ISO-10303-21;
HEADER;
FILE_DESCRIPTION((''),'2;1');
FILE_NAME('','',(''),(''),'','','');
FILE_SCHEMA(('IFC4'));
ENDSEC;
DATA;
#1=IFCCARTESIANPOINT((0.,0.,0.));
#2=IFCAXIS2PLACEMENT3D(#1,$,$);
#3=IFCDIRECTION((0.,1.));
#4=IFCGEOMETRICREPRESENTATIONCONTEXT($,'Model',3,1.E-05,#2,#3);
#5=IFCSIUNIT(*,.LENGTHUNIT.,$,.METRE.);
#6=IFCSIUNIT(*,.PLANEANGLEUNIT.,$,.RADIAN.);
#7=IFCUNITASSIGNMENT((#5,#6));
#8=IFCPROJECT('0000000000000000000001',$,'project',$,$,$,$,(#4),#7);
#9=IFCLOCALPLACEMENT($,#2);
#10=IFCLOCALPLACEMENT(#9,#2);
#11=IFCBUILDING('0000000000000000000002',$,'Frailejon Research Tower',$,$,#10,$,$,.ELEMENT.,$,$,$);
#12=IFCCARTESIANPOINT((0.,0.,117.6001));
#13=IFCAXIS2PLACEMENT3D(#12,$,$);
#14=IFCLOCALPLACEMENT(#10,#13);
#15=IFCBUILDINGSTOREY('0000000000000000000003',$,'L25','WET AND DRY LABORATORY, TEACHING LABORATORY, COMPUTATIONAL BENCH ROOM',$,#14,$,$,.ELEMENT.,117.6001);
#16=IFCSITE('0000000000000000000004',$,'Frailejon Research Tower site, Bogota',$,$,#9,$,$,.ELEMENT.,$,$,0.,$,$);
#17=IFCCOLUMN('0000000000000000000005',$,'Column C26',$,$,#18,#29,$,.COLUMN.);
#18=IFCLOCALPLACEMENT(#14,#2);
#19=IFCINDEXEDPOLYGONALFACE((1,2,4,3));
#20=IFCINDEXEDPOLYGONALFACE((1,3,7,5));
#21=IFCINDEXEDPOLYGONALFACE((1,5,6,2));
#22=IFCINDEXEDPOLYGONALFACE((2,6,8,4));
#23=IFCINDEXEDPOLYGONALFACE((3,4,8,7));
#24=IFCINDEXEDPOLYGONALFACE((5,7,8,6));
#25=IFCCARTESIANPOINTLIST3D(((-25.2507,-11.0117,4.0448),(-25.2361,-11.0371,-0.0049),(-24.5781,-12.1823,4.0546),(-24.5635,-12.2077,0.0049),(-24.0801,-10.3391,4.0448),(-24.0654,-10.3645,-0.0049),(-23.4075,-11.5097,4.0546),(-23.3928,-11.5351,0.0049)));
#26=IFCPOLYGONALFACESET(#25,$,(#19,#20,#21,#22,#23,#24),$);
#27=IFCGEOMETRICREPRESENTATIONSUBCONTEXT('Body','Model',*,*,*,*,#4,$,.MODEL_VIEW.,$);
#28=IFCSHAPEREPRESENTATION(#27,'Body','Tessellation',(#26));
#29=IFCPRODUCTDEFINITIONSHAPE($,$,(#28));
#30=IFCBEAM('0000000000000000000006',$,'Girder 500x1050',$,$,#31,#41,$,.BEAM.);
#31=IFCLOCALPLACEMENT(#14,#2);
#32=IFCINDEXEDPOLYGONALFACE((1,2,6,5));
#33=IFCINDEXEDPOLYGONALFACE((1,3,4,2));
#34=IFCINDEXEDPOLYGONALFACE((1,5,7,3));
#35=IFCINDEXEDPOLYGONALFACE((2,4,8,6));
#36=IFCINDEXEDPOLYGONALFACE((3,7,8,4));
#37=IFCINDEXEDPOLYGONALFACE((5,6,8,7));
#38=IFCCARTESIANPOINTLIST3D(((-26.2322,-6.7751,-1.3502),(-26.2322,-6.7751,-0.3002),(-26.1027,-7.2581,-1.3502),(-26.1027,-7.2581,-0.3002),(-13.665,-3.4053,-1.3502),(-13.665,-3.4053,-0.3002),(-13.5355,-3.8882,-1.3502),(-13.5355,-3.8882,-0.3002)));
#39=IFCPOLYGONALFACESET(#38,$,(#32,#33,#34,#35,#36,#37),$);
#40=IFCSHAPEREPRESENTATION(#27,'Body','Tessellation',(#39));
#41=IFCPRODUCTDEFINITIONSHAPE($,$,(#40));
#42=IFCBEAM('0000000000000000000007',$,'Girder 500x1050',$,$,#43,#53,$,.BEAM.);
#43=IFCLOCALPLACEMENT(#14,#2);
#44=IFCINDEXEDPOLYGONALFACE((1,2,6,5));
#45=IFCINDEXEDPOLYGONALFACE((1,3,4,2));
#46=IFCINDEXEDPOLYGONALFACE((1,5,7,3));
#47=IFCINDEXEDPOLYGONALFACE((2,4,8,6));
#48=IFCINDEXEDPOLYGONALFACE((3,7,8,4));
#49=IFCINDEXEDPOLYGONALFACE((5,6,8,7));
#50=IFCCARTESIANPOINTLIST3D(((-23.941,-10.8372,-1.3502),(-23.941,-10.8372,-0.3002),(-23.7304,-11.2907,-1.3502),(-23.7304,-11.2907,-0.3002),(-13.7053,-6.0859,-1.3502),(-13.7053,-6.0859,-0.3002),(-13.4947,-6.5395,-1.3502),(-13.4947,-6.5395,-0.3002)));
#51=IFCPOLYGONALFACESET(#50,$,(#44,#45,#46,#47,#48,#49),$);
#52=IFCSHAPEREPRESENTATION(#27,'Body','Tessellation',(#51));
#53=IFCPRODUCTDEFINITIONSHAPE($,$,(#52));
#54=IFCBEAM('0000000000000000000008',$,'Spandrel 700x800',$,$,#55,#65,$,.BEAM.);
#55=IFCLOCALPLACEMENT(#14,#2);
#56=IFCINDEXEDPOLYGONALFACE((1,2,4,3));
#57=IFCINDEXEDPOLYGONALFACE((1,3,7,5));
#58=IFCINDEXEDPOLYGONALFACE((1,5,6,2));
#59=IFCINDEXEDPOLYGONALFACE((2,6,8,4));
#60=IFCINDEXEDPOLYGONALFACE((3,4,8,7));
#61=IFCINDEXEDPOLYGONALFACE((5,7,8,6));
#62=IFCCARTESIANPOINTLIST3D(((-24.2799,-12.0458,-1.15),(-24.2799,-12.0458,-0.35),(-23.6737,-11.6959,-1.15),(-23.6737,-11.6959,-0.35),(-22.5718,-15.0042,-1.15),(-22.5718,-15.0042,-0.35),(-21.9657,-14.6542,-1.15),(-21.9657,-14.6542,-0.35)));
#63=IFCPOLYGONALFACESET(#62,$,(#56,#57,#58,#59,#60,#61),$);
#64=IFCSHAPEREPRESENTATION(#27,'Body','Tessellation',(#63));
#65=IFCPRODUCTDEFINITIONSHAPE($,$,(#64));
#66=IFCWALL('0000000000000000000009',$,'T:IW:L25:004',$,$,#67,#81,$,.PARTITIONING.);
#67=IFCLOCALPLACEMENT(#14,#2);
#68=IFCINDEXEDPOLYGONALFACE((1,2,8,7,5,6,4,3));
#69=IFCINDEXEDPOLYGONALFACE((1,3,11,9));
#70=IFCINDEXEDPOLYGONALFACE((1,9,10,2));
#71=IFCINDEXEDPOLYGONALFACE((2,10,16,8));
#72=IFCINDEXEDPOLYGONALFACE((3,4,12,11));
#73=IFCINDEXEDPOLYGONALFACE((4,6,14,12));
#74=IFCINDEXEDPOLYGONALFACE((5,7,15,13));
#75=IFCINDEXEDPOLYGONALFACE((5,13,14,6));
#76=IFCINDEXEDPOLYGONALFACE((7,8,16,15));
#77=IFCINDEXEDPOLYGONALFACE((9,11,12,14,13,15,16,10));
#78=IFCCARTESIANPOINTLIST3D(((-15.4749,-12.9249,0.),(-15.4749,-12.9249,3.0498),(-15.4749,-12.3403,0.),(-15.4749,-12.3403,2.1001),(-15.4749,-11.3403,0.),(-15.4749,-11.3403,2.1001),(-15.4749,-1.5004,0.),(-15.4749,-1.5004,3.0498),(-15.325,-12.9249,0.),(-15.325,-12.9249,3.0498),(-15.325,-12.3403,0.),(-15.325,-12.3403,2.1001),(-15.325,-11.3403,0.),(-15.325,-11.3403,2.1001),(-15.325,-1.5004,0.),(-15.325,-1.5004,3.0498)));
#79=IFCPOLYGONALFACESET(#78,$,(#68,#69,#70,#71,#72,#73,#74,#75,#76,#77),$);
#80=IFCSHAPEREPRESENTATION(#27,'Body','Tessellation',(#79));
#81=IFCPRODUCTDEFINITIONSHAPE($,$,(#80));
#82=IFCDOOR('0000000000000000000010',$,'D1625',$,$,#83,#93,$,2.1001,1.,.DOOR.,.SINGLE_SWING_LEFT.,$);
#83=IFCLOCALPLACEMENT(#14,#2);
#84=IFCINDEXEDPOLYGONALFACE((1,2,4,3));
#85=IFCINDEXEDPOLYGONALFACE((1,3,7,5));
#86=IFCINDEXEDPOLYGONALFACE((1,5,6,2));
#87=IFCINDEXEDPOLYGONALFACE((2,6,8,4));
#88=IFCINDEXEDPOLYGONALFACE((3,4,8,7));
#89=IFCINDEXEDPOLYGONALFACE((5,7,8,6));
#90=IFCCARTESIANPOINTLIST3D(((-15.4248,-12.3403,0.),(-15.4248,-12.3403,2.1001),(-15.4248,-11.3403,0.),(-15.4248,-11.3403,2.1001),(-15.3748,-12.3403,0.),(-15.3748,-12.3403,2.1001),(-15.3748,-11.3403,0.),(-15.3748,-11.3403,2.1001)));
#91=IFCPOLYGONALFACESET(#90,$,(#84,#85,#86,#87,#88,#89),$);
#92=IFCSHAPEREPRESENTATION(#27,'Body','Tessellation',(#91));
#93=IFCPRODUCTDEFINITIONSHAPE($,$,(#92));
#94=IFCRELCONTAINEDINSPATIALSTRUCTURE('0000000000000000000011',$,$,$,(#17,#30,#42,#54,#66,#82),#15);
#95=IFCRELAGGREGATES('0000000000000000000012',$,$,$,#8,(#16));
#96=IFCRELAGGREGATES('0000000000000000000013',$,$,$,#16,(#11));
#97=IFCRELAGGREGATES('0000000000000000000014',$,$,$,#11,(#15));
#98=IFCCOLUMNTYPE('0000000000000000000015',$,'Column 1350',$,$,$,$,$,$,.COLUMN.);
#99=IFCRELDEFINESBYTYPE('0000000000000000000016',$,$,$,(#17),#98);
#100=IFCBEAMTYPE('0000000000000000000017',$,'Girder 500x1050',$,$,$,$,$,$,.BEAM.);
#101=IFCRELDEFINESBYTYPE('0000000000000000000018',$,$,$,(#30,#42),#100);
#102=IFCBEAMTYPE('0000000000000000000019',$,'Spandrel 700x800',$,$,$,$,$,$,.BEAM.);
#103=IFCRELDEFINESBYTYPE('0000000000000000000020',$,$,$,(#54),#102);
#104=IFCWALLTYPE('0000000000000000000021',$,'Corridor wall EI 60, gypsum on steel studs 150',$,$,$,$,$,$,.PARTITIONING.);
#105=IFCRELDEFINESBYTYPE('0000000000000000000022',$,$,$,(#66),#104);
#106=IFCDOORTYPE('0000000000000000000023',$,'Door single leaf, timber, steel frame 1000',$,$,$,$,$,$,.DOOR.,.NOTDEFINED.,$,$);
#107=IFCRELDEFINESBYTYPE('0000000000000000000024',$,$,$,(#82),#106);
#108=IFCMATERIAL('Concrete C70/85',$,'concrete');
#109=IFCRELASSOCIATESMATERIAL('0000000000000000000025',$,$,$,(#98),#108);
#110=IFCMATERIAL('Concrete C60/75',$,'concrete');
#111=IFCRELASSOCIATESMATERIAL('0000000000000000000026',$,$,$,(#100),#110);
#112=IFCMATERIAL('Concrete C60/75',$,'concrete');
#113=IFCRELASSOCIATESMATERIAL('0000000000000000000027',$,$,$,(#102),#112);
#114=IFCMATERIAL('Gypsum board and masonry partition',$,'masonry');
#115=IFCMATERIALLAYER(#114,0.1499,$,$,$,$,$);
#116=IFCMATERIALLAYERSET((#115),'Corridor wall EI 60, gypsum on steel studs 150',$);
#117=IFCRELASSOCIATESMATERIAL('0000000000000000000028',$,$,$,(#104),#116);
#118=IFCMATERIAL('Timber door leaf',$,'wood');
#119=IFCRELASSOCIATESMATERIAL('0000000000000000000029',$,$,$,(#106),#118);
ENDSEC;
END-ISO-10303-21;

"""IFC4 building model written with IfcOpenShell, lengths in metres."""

from ifc_helpers import new_model, si_unit, direction, frame, frame_2d, origin, origin_2d, place, context, subcontext, project, spatial, rectangle, extrude, material, layer, layer_set, material_profile, profile_set, type_object, element, fill, save


model = new_model("IFC4")

# Units and contexts
model_context = context("Model", 3, precision=1e-05, world=origin(), true_north=direction((0.0, 1.0)))
body_context = subcontext(model_context, "Body", "Model", "MODEL_VIEW")
ifc_project = project(units=[si_unit("LENGTHUNIT", "METRE"), si_unit("PLANEANGLEUNIT", "RADIAN")], contexts=[model_context])

# Site, building, storey
site_placement = place(None, origin())
site = spatial("IfcSite", under=ifc_project, at=site_placement, Name="Frailejon Research Tower site, Bogota", CompositionType="ELEMENT", RefElevation=0.0)
building_placement = place(site_placement, origin())
building = spatial("IfcBuilding", under=site, at=building_placement, Name="Frailejon Research Tower", CompositionType="ELEMENT")
storey_placement = place(building_placement, frame((0.0, 0.0, 117.6001)))
storey = spatial("IfcBuildingStorey", under=building, at=storey_placement, Name="L25", Description="WET AND DRY LABORATORY, TEACHING LABORATORY, COMPUTATIONAL BENCH ROOM", CompositionType="ELEMENT", Elevation=117.6001)

# Column
ifc_material_1 = material(Name="Concrete C70/85", Category="concrete")
ifc_material_profile_1 = material_profile(ifc_material_1, rectangle(XDim=1.3501, YDim=1.3501, at=origin_2d()), Name="Column 1350")
ifc_profile_set_1 = profile_set([ifc_material_profile_1], Name="Concrete C70/85")
column_type = type_object("IfcColumnType", Name="Column 1350", PredefinedType="COLUMN", material=ifc_profile_set_1)
column_placement = place(storey_placement, frame((-24.3145, -11.2861, 0.0), z_axis=(-0.003617, 0.006269, 0.999974), x_axis=(0.498177, -0.867045, 0.007238)))
element("IfcColumn", 1, at=column_placement, inside=storey, type_object=column_type, Name="Column C26", PredefinedType="COLUMN", context=body_context, shape_type="SweptSolid", body=[
    extrude(rectangle(XDim=1.3501, YDim=1.3501, at=origin_2d()), origin(), (0.0, 0.0, 1.0), 4.0498),
])

# Beams
ifc_material_2 = material(Name="Concrete C60/75", Category="concrete")
ifc_material_profile_2 = material_profile(ifc_material_2, rectangle(XDim=0.5, YDim=1.05, at=origin_2d()), Name="Girder 500x1050")
ifc_profile_set_2 = profile_set([ifc_material_profile_2], Name="Concrete C60/75")
beam_type_1 = type_object("IfcBeamType", Name="Girder 500x1050", PredefinedType="BEAM", material=ifc_profile_set_2)
beam_1_placement = place(storey_placement, frame((-26.1675, -7.0166, -0.8252), z_axis=(0.965879, 0.258995, 0.0), x_axis=(-0.258995, 0.965879, 0.0)))
element("IfcBeam", 2, at=beam_1_placement, inside=storey, type_object=beam_type_1, Name="Girder 500x1050", PredefinedType="BEAM", context=body_context, shape_type="SweptSolid", body=[
    extrude(rectangle(XDim=0.5, YDim=1.05, at=origin_2d()), origin(), (0.0, 0.0, 1.0), 13.0112),
])
beam_2_placement = place(storey_placement, frame((-23.8357, -11.064, -0.8252), z_axis=(0.907043, 0.421037, 0.0), x_axis=(-0.421037, 0.907043, 0.0)))
element("IfcBeam", 3, at=beam_2_placement, inside=storey, type_object=beam_type_1, Name="Girder 500x1050", PredefinedType="BEAM", context=body_context, shape_type="SweptSolid", body=[
    extrude(rectangle(XDim=0.5, YDim=1.05, at=origin_2d()), origin(), (0.0, 0.0, 1.0), 11.2847),
])
ifc_material_3 = material(Name="Concrete C60/75", Category="concrete")
ifc_material_profile_3 = material_profile(ifc_material_3, rectangle(XDim=0.7, YDim=0.8, at=origin_2d()), Name="Spandrel 700x800")
ifc_profile_set_3 = profile_set([ifc_material_profile_3], Name="Concrete C60/75")
beam_type_2 = type_object("IfcBeamType", Name="Spandrel 700x800", PredefinedType="BEAM", material=ifc_profile_set_3)
beam_3_placement = place(storey_placement, frame((-23.9768, -11.8708, -0.75), z_axis=(0.500013, -0.866018, 0.0), x_axis=(0.866018, 0.500013, 0.0)))
element("IfcBeam", 4, at=beam_3_placement, inside=storey, type_object=beam_type_2, Name="Spandrel 700x800", PredefinedType="BEAM", context=body_context, shape_type="SweptSolid", body=[
    extrude(rectangle(XDim=0.7, YDim=0.8, at=origin_2d()), origin(), (0.0, 0.0, 1.0), 3.416),
])

# Wall, opening, door
ifc_material_4 = material(Name="Gypsum board and masonry partition", Category="masonry")
ifc_layer_1 = layer(ifc_material_4, 0.1499)
ifc_layer_set_1 = layer_set([ifc_layer_1], Name="Corridor wall EI 60, gypsum on steel studs 150")
wall_type_1 = type_object("IfcWallType", Name="Corridor wall EI 60, gypsum on steel studs 150", PredefinedType="PARTITIONING", material=ifc_layer_set_1)
wall_1_placement = place(storey_placement, frame((-15.3999, -12.925, 0.0), z_axis=(0.0, 0.0, 1.0), x_axis=(0.0, 1.0, 0.0)))
wall_1 = element("IfcWall", 5, at=wall_1_placement, inside=storey, type_object=wall_type_1, Name="T:IW:L25:004", PredefinedType="PARTITIONING", context=body_context, shape_type="SweptSolid", body=[
    extrude(rectangle(XDim=11.4246, YDim=0.1499, at=frame_2d((5.7124, 0.0))), origin(), (0.0, 0.0, 1.0), 3.0498),
])
opening_1_placement = place(wall_1_placement, frame((0.5847, 0.0, 0.0)))
opening_1 = element("IfcOpeningElement", 6, at=opening_1_placement, cuts=wall_1, PredefinedType="OPENING", context=body_context, shape_type="SweptSolid", body=[
    extrude(rectangle(XDim=1.0, YDim=2.1001, at=frame_2d((0.5, 1.05))), frame((0.0, 0.085, 0.0), z_axis=(0.0, -1.0, 0.0), x_axis=(1.0, 0.0, 0.0)), (0.0, 0.0, 1.0), 0.1699),
])
ifc_material_5 = material(Name="Timber door leaf", Category="wood")
door_type_1 = type_object("IfcDoorType", Name="Door single leaf, timber, steel frame 1000", OperationType="NOTDEFINED", PredefinedType="DOOR", material=ifc_material_5)
door_1_placement = place(opening_1_placement, origin())
door_1 = element("IfcDoor", 7, at=door_1_placement, inside=storey, type_object=door_type_1, Name="D1625", OperationType="SINGLE_SWING_LEFT", OverallHeight=2.1001, OverallWidth=1.0, PredefinedType="DOOR", context=body_context, shape_type="SweptSolid", body=[
    extrude(rectangle(XDim=1.0, YDim=2.1001, at=frame_2d((0.5, 1.05))), frame((0.0, 0.0249, 0.0), z_axis=(0.0, -1.0, 0.0), x_axis=(1.0, 0.0, 0.0)), (0.0, 0.0, 1.0), 0.05),
])
fill(opening_1, door_1)

save(model, "model.ifc")
